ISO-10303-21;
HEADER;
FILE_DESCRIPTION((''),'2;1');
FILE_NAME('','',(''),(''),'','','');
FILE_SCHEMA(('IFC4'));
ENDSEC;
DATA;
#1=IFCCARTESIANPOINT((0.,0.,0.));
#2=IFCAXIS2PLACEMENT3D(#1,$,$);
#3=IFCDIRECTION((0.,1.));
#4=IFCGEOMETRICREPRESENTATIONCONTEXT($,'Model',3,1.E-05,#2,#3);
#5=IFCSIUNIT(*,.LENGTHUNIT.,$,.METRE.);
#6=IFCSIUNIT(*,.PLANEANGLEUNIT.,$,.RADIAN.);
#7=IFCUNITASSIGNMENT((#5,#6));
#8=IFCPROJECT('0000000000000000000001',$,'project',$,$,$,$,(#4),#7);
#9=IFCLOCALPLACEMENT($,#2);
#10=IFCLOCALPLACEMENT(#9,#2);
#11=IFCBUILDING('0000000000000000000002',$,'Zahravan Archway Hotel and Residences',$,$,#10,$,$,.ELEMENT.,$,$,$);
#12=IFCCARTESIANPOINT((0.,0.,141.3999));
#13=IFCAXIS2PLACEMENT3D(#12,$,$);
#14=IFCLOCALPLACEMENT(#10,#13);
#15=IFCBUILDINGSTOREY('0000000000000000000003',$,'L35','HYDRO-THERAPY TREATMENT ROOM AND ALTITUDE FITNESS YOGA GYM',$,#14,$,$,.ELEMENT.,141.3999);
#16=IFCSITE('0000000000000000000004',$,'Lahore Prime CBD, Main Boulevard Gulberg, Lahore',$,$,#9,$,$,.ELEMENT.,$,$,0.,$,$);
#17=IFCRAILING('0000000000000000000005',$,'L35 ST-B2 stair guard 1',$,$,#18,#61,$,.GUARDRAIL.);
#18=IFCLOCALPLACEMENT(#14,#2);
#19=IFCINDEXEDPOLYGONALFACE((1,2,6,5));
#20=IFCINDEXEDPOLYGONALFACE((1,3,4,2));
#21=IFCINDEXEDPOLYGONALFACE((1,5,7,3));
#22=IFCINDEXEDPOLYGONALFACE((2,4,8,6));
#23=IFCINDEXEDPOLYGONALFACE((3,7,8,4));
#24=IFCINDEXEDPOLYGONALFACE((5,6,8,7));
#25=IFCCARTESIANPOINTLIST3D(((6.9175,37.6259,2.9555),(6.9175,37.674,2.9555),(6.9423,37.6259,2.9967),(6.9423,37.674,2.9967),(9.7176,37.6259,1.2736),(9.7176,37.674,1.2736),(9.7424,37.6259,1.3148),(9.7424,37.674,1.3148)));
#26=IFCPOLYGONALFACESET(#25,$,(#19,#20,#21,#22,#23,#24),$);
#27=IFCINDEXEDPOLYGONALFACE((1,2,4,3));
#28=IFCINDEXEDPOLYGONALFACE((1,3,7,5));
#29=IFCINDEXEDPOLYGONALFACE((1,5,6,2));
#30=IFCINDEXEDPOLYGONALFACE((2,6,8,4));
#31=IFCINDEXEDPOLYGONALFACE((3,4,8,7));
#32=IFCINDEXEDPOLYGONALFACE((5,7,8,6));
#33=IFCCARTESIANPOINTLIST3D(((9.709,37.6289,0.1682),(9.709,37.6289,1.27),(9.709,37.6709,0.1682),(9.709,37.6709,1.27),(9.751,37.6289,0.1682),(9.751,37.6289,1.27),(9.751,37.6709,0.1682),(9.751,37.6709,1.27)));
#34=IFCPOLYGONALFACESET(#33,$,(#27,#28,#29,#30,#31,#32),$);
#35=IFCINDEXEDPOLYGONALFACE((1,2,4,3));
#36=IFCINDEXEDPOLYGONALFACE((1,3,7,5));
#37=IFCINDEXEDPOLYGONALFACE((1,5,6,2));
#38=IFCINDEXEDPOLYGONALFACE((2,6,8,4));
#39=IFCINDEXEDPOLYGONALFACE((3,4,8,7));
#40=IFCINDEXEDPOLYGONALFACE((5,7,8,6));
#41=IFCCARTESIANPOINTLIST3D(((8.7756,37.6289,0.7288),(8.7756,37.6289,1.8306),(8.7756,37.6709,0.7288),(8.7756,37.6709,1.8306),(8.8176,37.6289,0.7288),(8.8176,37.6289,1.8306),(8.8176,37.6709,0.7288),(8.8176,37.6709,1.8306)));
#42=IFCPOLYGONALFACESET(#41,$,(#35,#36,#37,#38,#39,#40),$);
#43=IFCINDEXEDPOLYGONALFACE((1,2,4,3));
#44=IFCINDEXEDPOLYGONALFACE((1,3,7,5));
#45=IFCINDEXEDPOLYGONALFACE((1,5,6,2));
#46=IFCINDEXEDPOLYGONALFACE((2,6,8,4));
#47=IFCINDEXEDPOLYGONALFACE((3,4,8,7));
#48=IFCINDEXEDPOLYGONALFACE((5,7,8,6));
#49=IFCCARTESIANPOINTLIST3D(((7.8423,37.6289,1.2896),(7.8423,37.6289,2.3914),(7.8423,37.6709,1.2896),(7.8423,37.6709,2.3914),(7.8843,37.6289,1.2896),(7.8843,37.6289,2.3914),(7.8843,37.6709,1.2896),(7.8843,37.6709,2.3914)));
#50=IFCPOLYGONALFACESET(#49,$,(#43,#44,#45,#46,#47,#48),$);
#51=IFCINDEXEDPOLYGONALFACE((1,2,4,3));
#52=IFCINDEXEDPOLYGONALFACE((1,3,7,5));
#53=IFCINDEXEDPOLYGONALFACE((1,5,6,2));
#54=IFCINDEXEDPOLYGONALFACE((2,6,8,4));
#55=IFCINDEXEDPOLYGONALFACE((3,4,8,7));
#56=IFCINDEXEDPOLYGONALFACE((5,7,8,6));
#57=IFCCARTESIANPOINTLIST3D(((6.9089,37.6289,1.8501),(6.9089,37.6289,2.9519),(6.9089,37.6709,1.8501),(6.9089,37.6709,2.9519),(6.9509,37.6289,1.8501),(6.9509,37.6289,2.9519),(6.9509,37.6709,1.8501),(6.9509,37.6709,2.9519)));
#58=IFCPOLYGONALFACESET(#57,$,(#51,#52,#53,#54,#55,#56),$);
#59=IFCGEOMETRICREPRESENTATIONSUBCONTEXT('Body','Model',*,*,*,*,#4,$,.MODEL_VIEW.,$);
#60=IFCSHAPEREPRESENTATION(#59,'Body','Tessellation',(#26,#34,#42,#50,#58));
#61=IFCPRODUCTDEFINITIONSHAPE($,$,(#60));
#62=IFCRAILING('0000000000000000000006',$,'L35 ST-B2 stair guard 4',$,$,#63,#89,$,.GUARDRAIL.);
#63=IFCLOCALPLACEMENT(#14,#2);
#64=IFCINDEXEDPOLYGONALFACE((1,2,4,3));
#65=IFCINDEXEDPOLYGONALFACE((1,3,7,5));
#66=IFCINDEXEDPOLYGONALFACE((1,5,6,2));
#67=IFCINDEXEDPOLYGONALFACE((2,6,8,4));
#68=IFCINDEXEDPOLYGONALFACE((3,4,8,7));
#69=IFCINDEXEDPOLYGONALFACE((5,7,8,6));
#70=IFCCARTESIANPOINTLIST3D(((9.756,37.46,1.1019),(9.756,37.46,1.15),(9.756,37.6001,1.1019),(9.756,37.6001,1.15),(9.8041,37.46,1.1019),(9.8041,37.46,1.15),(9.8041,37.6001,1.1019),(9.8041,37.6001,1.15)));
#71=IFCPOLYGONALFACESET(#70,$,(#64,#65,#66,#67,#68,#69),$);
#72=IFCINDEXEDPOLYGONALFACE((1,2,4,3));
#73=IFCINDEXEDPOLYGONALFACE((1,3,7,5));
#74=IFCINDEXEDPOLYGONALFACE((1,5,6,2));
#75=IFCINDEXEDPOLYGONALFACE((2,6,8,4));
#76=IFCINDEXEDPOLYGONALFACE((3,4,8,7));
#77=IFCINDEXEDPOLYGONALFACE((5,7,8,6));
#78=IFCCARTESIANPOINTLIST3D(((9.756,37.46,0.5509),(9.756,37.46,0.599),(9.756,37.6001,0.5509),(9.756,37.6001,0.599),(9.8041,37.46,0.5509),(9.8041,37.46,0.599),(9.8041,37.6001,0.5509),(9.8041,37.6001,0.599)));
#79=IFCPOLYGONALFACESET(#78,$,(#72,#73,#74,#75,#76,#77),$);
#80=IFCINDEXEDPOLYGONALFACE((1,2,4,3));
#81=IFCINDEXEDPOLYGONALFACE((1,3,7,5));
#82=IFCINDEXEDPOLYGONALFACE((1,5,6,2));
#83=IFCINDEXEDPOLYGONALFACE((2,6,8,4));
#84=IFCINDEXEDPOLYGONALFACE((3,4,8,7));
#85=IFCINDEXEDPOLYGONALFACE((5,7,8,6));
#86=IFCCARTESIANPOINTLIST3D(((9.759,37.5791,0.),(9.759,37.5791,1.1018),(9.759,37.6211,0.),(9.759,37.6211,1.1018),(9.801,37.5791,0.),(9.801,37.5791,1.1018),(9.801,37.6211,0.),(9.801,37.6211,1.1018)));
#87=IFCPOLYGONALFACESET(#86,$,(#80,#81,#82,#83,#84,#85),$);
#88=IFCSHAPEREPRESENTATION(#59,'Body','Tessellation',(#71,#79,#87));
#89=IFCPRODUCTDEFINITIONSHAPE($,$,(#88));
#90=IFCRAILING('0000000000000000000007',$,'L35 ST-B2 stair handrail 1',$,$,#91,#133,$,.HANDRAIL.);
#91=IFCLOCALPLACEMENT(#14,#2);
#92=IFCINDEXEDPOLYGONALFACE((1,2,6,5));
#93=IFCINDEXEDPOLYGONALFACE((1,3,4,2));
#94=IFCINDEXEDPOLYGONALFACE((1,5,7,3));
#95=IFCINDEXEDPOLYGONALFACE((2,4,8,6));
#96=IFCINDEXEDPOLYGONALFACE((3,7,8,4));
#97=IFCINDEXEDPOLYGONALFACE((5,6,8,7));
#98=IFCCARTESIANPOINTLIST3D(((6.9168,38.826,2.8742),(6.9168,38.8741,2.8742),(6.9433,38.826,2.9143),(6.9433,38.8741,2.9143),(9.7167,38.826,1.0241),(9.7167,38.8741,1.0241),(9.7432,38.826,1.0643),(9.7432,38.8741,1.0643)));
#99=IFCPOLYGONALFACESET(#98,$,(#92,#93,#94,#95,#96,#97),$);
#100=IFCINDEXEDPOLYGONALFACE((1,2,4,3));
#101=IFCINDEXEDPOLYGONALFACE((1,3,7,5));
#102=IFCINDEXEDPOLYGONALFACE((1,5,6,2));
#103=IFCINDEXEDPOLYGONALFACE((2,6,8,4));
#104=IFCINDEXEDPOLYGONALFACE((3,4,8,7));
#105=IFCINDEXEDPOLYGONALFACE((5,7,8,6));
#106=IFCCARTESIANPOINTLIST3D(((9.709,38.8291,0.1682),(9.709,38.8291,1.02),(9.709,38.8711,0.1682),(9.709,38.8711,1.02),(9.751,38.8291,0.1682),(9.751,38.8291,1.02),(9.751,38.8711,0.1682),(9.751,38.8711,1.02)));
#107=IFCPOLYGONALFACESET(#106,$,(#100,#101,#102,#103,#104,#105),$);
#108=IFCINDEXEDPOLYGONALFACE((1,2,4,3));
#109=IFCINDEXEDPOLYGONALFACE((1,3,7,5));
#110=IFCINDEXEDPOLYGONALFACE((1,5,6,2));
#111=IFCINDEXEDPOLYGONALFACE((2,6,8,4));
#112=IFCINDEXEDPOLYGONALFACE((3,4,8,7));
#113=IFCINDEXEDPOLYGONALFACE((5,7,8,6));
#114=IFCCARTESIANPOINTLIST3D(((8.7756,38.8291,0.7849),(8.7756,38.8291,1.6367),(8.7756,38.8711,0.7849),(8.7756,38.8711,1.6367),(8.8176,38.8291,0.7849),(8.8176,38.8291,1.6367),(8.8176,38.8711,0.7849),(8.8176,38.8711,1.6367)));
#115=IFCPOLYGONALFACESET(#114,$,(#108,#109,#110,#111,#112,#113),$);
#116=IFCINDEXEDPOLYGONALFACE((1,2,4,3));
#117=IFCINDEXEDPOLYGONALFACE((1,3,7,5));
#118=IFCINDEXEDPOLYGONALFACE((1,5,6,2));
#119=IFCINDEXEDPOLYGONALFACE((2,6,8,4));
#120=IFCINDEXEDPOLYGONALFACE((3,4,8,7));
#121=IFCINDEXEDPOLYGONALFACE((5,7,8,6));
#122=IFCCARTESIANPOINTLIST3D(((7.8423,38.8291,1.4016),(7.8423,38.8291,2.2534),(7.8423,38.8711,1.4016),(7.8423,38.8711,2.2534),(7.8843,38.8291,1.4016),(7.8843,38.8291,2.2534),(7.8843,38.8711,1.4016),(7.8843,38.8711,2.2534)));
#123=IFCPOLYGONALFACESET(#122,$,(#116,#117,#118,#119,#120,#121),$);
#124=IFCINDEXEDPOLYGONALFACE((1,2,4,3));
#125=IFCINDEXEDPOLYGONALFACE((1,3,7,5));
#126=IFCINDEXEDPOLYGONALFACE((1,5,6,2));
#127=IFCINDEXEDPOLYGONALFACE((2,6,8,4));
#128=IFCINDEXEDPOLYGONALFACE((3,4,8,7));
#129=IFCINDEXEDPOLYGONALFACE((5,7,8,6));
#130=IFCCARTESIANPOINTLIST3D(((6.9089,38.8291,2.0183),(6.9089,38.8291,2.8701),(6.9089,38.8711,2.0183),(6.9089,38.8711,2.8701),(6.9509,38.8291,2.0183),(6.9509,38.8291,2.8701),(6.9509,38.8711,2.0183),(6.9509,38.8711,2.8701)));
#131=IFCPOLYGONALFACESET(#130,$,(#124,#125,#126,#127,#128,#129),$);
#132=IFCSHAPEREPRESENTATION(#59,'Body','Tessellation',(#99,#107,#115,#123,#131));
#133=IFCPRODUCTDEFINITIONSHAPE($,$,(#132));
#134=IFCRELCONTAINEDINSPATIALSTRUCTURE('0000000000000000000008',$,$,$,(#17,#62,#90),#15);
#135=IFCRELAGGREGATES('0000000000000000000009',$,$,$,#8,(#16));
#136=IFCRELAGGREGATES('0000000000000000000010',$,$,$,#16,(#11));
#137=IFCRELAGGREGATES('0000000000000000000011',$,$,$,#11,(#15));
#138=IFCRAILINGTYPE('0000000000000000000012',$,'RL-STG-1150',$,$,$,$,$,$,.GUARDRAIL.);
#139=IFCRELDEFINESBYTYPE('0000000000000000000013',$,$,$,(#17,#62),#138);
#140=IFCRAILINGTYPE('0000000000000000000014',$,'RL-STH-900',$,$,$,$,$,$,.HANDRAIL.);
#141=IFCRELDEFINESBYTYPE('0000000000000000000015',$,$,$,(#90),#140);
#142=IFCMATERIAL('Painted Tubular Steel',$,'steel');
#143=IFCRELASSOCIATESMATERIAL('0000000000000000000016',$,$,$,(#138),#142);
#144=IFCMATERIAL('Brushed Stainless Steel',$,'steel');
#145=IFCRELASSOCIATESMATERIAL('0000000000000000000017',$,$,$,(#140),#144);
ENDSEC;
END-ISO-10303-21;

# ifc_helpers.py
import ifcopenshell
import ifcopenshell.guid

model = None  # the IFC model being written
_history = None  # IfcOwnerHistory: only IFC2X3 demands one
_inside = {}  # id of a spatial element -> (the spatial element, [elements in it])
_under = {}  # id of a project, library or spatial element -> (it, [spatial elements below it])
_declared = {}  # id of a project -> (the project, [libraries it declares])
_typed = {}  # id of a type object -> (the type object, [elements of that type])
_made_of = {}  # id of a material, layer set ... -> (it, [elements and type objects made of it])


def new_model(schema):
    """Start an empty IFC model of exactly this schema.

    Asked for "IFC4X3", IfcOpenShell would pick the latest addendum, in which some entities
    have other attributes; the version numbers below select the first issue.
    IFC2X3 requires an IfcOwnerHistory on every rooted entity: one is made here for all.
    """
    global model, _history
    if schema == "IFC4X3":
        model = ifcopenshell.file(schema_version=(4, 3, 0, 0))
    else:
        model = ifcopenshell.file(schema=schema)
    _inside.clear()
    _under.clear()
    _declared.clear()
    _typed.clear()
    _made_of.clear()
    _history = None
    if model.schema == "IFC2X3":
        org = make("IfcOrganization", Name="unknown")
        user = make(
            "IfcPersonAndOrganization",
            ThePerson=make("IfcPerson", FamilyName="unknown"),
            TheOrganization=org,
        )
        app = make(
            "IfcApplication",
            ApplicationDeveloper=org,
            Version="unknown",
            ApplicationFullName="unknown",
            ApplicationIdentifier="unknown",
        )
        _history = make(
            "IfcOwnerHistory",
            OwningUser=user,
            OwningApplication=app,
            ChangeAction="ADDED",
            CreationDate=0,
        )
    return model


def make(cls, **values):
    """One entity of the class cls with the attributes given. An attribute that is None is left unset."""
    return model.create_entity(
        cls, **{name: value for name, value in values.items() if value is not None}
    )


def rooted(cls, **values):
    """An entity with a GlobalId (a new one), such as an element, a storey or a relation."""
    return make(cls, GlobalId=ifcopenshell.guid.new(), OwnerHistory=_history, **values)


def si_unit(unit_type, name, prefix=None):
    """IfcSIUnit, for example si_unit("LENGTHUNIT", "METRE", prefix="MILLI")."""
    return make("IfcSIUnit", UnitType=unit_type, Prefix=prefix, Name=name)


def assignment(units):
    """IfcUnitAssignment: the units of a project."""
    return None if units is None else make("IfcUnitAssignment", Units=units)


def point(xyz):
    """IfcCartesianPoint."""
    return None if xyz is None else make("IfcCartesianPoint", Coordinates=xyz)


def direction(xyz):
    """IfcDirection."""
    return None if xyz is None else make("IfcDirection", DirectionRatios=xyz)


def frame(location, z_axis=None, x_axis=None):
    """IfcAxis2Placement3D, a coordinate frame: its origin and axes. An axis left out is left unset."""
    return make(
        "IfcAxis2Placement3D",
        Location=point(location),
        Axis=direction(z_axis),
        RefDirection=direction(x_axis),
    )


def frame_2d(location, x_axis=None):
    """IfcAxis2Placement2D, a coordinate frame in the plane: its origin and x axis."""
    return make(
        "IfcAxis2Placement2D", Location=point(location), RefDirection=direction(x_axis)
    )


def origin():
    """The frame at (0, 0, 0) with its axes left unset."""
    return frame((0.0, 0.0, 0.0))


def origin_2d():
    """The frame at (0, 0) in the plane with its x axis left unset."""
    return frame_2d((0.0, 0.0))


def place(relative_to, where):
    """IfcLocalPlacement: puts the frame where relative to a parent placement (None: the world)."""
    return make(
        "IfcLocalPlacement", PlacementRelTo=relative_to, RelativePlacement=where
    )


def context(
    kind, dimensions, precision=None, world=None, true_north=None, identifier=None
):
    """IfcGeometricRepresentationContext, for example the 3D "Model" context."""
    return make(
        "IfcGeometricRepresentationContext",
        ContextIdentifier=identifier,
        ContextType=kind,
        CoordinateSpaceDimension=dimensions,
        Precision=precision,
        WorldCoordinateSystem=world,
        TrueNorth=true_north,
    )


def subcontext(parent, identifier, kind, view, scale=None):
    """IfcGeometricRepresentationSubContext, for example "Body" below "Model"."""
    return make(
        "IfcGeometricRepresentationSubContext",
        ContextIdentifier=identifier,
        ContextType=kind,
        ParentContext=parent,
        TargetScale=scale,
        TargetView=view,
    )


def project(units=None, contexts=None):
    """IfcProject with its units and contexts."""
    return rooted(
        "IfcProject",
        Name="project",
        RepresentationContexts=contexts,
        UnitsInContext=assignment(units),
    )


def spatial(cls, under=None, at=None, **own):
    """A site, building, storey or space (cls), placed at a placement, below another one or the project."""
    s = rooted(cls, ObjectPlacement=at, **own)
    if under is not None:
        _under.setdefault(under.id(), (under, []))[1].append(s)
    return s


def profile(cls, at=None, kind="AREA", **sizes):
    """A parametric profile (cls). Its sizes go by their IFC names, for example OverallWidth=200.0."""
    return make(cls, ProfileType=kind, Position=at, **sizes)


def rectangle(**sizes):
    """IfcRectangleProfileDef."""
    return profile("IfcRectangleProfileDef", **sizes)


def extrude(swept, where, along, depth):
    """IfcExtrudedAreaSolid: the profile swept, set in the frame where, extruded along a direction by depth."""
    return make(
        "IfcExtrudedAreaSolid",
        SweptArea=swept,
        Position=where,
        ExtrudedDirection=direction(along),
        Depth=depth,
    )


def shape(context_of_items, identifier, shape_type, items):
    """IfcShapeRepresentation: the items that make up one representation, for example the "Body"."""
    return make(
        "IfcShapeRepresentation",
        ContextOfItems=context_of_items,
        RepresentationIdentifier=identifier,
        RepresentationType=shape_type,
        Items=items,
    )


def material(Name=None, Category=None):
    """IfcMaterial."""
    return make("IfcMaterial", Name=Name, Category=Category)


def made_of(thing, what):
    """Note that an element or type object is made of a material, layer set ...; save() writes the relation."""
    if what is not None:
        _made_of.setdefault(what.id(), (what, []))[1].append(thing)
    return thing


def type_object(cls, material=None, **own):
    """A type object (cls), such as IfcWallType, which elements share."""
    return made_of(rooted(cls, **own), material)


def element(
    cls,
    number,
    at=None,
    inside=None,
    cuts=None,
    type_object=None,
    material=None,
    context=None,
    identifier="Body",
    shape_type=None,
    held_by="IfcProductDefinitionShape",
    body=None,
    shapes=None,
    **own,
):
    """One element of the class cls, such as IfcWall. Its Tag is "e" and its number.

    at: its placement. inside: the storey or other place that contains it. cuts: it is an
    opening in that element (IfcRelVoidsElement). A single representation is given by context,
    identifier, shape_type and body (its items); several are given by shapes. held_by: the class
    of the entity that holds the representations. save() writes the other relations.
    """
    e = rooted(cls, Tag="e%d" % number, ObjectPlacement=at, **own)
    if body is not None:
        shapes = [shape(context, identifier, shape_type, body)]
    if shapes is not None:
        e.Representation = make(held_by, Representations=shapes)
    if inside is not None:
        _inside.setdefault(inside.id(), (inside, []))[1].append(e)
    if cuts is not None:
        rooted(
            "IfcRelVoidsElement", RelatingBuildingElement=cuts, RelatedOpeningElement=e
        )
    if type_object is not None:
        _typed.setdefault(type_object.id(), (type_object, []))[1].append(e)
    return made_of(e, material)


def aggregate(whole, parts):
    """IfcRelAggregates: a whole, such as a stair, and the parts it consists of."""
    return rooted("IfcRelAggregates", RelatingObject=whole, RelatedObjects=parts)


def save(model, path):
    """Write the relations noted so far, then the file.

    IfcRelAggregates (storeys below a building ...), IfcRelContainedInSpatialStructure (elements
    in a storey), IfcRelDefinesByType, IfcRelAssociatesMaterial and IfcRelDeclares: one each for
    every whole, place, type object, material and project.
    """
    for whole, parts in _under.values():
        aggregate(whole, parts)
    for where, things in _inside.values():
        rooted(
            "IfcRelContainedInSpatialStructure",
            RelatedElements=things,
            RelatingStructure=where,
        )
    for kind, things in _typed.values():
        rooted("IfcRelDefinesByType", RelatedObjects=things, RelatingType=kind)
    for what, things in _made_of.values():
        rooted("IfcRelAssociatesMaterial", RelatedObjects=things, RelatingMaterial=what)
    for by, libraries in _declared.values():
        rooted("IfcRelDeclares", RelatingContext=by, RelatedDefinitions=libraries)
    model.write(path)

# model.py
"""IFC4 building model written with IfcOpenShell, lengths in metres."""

from ifc_helpers import new_model, si_unit, direction, frame, origin, origin_2d, place, context, subcontext, project, spatial, rectangle, extrude, material, type_object, element, save


model = new_model("IFC4")

# Units and contexts
model_context = context("Model", 3, precision=1e-05, world=origin(), true_north=direction((0.0, 1.0)))
body_context = subcontext(model_context, "Body", "Model", "MODEL_VIEW")
ifc_project = project(units=[si_unit("LENGTHUNIT", "METRE"), si_unit("PLANEANGLEUNIT", "RADIAN")], contexts=[model_context])

# Site, building, storey
site_placement = place(None, origin())
site = spatial("IfcSite", under=ifc_project, at=site_placement, Name="Lahore Prime CBD, Main Boulevard Gulberg, Lahore", CompositionType="ELEMENT", RefElevation=0.0)
building_placement = place(site_placement, origin())
building = spatial("IfcBuilding", under=site, at=building_placement, Name="Zahravan Archway Hotel and Residences", CompositionType="ELEMENT")
storey_placement = place(building_placement, frame((0.0, 0.0, 141.3999)))
storey = spatial("IfcBuildingStorey", under=building, at=storey_placement, Name="L35", Description="HYDRO-THERAPY TREATMENT ROOM AND ALTITUDE FITNESS YOGA GYM", CompositionType="ELEMENT", Elevation=141.3999)

# Railings
ifc_material_1 = material(Name="Painted Tubular Steel", Category="steel")
railing_type_1 = type_object("IfcRailingType", Name="RL-STG-1150", PredefinedType="GUARDRAIL", material=ifc_material_1)
railing_1_placement = place(storey_placement, frame((9.73, 37.6499, 0.1682)))
element("IfcRailing", 1, at=railing_1_placement, inside=storey, type_object=railing_type_1, Name="L35 ST-B2 stair guard 1", PredefinedType="GUARDRAIL", context=body_context, shape_type="SweptSolid", body=[
    extrude(rectangle(XDim=0.0481, YDim=0.0481, at=origin_2d()), frame((0.0, 0.0, 1.126), z_axis=(-0.857242, 0.0, 0.514913), x_axis=(0.0, -1.0, 0.0)), (0.0, 0.0, 1.0), 3.2664),
    extrude(rectangle(XDim=0.042, YDim=0.042, at=origin_2d()), origin(), (0.0, 0.0, 1.0), 1.1018),
    extrude(rectangle(XDim=0.042, YDim=0.042, at=origin_2d()), frame((-0.9333, 0.0, 0.5605)), (0.0, 0.0, 1.0), 1.1018),
    extrude(rectangle(XDim=0.042, YDim=0.042, at=origin_2d()), frame((-1.8667, 0.0, 1.1213)), (0.0, 0.0, 1.0), 1.1018),
    extrude(rectangle(XDim=0.042, YDim=0.042, at=origin_2d()), frame((-2.8, 0.0, 1.6819)), (0.0, 0.0, 1.0), 1.1018),
])
railing_2_placement = place(storey_placement, frame((9.78, 37.6001, 0.0)))
element("IfcRailing", 2, at=railing_2_placement, inside=storey, type_object=railing_type_1, Name="L35 ST-B2 stair guard 4", PredefinedType="GUARDRAIL", context=body_context, shape_type="SweptSolid", body=[
    extrude(rectangle(XDim=0.0481, YDim=0.0481, at=origin_2d()), frame((0.0, 0.0, 1.126), z_axis=(0.0, -1.0, 0.0), x_axis=(1.0, 0.0, 0.0)), (0.0, 0.0, 1.0), 0.1401),
    extrude(rectangle(XDim=0.0481, YDim=0.0481, at=origin_2d()), frame((0.0, 0.0, 0.575), z_axis=(0.0, -1.0, 0.0), x_axis=(1.0, 0.0, 0.0)), (0.0, 0.0, 1.0), 0.1401),
    extrude(rectangle(XDim=0.042, YDim=0.042, at=origin_2d()), origin(), (0.0, 0.0, 1.0), 1.1018),
])
ifc_material_2 = material(Name="Brushed Stainless Steel", Category="steel")
railing_type_2 = type_object("IfcRailingType", Name="RL-STH-900", PredefinedType="HANDRAIL", material=ifc_material_2)
railing_3_placement = place(storey_placement, frame((9.73, 38.8501, 0.1682)))
element("IfcRailing", 3, at=railing_3_placement, inside=storey, type_object=railing_type_2, Name="L35 ST-B2 stair handrail 1", PredefinedType="HANDRAIL", context=body_context, shape_type="SweptSolid", body=[
    extrude(rectangle(XDim=0.0481, YDim=0.0481, at=origin_2d()), frame((0.0, 0.0, 0.876), z_axis=(-0.834326, 0.0, 0.551271), x_axis=(0.0, -1.0, 0.0)), (0.0, 0.0, 1.0), 3.356),
    extrude(rectangle(XDim=0.042, YDim=0.042, at=origin_2d()), origin(), (0.0, 0.0, 1.0), 0.8518),
    extrude(rectangle(XDim=0.042, YDim=0.042, at=origin_2d()), frame((-0.9333, 0.0, 0.6167)), (0.0, 0.0, 1.0), 0.8518),
    extrude(rectangle(XDim=0.042, YDim=0.042, at=origin_2d()), frame((-1.8667, 0.0, 1.2334)), (0.0, 0.0, 1.0), 0.8518),
    extrude(rectangle(XDim=0.042, YDim=0.042, at=origin_2d()), frame((-2.8, 0.0, 1.8501)), (0.0, 0.0, 1.0), 0.8518),
])

save(model, "model.ifc")
